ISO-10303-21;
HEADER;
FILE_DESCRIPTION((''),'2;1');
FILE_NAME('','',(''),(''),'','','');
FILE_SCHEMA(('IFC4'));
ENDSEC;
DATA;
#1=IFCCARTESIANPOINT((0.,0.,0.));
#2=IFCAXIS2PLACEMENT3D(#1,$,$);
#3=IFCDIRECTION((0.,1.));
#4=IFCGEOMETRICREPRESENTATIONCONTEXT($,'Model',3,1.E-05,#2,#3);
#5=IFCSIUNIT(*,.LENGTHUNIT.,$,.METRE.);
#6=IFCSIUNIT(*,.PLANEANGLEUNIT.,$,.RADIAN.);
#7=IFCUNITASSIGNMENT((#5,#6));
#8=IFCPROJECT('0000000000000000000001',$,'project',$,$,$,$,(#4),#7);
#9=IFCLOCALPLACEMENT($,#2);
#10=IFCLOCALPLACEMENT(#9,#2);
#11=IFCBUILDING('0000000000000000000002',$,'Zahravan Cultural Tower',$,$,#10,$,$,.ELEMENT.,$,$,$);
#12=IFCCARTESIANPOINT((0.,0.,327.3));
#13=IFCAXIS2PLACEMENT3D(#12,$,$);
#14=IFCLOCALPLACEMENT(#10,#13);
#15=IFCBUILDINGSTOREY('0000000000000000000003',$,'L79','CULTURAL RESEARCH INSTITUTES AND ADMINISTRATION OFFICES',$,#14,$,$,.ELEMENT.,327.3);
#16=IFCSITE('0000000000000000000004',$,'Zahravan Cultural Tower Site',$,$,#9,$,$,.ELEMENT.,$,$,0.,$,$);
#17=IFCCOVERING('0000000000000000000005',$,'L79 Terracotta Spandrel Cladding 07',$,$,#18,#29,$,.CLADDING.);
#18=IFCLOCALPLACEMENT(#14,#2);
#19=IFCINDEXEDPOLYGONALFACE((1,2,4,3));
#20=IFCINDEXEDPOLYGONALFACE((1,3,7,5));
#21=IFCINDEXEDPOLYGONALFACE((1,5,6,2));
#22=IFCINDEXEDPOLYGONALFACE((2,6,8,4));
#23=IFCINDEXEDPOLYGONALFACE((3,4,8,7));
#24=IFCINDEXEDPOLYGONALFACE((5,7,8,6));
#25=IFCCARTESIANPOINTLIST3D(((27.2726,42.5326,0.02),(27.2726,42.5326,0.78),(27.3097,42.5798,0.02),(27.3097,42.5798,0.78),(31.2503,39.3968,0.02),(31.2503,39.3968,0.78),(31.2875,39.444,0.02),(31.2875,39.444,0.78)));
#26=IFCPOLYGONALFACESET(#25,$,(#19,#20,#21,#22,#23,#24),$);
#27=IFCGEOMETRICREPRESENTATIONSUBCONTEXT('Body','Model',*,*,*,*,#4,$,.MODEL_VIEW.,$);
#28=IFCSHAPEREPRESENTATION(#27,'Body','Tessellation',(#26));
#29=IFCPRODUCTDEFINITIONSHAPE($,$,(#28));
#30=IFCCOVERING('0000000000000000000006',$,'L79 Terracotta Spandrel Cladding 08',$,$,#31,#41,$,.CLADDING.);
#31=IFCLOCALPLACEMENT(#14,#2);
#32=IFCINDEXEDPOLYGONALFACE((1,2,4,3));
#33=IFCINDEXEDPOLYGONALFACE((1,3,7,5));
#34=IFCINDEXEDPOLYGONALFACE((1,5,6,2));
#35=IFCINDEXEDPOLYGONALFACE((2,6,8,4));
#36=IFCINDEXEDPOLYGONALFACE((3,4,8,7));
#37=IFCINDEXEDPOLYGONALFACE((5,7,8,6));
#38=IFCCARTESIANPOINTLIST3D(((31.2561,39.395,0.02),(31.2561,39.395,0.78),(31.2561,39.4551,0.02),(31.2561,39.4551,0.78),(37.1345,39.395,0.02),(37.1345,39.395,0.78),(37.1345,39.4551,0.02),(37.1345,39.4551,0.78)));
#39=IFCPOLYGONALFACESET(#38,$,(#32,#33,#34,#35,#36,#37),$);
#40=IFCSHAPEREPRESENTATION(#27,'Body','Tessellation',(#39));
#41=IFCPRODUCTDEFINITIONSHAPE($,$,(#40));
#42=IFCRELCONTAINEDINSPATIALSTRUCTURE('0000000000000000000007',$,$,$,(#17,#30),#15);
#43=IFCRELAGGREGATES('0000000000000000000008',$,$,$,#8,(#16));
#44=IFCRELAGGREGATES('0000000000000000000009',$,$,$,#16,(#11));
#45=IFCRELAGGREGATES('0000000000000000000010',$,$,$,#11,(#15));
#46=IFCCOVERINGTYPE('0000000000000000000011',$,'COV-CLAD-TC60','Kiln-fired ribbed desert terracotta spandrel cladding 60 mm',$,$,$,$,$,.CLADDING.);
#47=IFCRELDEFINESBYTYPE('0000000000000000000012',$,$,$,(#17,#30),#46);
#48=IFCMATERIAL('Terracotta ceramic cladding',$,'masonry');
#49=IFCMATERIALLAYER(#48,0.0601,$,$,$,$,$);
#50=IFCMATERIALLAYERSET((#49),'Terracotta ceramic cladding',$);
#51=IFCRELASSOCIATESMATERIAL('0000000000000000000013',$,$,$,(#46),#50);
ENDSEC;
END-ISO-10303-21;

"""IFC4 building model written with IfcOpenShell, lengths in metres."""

from ifc_helpers import new_model, si_unit, direction, frame, origin, origin_2d, place, context, subcontext, project, spatial, rectangle, extrude, source, transform, mapped, material, layer, layer_set, type_object, element, save


model = new_model("IFC4")

# Units and contexts
model_context = context("Model", 3, precision=1e-05, world=origin(), true_north=direction((0.0, 1.0)))
body_context = subcontext(model_context, "Body", "Model", "MODEL_VIEW")
ifc_project = project(units=[si_unit("LENGTHUNIT", "METRE"), si_unit("PLANEANGLEUNIT", "RADIAN")], contexts=[model_context])

# Site, building, storey
site_placement = place(None, origin())
site = spatial("IfcSite", under=ifc_project, at=site_placement, Name="Zahravan Cultural Tower Site", CompositionType="ELEMENT", RefElevation=0.0)
building_placement = place(site_placement, origin())
building = spatial("IfcBuilding", under=site, at=building_placement, Name="Zahravan Cultural Tower", CompositionType="ELEMENT")
storey_placement = place(building_placement, frame((0.0, 0.0, 327.3)))
storey = spatial("IfcBuildingStorey", under=building, at=storey_placement, Name="L79", Description="CULTURAL RESEARCH INSTITUTES AND ADMINISTRATION OFFICES", CompositionType="ELEMENT", Elevation=327.3)

# Coverings
ifc_material_1 = material(Name="Terracotta ceramic cladding", Category="masonry")
ifc_layer_1 = layer(ifc_material_1, 0.0601)
ifc_layer_set_1 = layer_set([ifc_layer_1], Name="Terracotta ceramic cladding")
covering_type = type_object("IfcCoveringType", Name="COV-CLAD-TC60", Description="Kiln-fired ribbed desert terracotta spandrel cladding 60 mm", PredefinedType="CLADDING", material=ifc_layer_set_1)
shared_shape_1 = source(origin(), body_context, "Body", "SweptSolid", [
    extrude(rectangle(XDim=5.0652, YDim=0.0601, at=origin_2d()), origin(), (0.0, 0.0, 1.0), 0.76),
])
covering_1_placement = place(storey_placement, frame((29.28, 40.9883, 0.02), z_axis=(0.0, 0.0, 1.0), x_axis=(0.785317, -0.619094, 0.0)))
element("IfcCovering", 1, at=covering_1_placement, inside=storey, type_object=covering_type, Name="L79 Terracotta Spandrel Cladding 07", PredefinedType="CLADDING", context=body_context, shape_type="MappedRepresentation", body=[
    mapped(shared_shape_1, transform((0.0, 0.0, 0.0), x_axis=(1.0, 0.0, 0.0), y_axis=(0.0, 1.0, 0.0), z_axis=(0.0, 0.0, 1.0), scale=1.0)),
])
shared_shape_2 = source(origin(), body_context, "Body", "SweptSolid", [
    extrude(rectangle(XDim=5.8784, YDim=0.0601, at=origin_2d()), origin(), (0.0, 0.0, 1.0), 0.76),
])
covering_2_placement = place(storey_placement, frame((34.1953, 39.425, 0.02), z_axis=(0.0, 0.0, 1.0), x_axis=(1.0, 0.0, 0.0)))
element("IfcCovering", 2, at=covering_2_placement, inside=storey, type_object=covering_type, Name="L79 Terracotta Spandrel Cladding 08", PredefinedType="CLADDING", context=body_context, shape_type="MappedRepresentation", body=[
    mapped(shared_shape_2, transform((0.0, 0.0, 0.0), x_axis=(1.0, 0.0, 0.0), y_axis=(0.0, 1.0, 0.0), z_axis=(0.0, 0.0, 1.0), scale=1.0)),
])

save(model, "model.ifc")
